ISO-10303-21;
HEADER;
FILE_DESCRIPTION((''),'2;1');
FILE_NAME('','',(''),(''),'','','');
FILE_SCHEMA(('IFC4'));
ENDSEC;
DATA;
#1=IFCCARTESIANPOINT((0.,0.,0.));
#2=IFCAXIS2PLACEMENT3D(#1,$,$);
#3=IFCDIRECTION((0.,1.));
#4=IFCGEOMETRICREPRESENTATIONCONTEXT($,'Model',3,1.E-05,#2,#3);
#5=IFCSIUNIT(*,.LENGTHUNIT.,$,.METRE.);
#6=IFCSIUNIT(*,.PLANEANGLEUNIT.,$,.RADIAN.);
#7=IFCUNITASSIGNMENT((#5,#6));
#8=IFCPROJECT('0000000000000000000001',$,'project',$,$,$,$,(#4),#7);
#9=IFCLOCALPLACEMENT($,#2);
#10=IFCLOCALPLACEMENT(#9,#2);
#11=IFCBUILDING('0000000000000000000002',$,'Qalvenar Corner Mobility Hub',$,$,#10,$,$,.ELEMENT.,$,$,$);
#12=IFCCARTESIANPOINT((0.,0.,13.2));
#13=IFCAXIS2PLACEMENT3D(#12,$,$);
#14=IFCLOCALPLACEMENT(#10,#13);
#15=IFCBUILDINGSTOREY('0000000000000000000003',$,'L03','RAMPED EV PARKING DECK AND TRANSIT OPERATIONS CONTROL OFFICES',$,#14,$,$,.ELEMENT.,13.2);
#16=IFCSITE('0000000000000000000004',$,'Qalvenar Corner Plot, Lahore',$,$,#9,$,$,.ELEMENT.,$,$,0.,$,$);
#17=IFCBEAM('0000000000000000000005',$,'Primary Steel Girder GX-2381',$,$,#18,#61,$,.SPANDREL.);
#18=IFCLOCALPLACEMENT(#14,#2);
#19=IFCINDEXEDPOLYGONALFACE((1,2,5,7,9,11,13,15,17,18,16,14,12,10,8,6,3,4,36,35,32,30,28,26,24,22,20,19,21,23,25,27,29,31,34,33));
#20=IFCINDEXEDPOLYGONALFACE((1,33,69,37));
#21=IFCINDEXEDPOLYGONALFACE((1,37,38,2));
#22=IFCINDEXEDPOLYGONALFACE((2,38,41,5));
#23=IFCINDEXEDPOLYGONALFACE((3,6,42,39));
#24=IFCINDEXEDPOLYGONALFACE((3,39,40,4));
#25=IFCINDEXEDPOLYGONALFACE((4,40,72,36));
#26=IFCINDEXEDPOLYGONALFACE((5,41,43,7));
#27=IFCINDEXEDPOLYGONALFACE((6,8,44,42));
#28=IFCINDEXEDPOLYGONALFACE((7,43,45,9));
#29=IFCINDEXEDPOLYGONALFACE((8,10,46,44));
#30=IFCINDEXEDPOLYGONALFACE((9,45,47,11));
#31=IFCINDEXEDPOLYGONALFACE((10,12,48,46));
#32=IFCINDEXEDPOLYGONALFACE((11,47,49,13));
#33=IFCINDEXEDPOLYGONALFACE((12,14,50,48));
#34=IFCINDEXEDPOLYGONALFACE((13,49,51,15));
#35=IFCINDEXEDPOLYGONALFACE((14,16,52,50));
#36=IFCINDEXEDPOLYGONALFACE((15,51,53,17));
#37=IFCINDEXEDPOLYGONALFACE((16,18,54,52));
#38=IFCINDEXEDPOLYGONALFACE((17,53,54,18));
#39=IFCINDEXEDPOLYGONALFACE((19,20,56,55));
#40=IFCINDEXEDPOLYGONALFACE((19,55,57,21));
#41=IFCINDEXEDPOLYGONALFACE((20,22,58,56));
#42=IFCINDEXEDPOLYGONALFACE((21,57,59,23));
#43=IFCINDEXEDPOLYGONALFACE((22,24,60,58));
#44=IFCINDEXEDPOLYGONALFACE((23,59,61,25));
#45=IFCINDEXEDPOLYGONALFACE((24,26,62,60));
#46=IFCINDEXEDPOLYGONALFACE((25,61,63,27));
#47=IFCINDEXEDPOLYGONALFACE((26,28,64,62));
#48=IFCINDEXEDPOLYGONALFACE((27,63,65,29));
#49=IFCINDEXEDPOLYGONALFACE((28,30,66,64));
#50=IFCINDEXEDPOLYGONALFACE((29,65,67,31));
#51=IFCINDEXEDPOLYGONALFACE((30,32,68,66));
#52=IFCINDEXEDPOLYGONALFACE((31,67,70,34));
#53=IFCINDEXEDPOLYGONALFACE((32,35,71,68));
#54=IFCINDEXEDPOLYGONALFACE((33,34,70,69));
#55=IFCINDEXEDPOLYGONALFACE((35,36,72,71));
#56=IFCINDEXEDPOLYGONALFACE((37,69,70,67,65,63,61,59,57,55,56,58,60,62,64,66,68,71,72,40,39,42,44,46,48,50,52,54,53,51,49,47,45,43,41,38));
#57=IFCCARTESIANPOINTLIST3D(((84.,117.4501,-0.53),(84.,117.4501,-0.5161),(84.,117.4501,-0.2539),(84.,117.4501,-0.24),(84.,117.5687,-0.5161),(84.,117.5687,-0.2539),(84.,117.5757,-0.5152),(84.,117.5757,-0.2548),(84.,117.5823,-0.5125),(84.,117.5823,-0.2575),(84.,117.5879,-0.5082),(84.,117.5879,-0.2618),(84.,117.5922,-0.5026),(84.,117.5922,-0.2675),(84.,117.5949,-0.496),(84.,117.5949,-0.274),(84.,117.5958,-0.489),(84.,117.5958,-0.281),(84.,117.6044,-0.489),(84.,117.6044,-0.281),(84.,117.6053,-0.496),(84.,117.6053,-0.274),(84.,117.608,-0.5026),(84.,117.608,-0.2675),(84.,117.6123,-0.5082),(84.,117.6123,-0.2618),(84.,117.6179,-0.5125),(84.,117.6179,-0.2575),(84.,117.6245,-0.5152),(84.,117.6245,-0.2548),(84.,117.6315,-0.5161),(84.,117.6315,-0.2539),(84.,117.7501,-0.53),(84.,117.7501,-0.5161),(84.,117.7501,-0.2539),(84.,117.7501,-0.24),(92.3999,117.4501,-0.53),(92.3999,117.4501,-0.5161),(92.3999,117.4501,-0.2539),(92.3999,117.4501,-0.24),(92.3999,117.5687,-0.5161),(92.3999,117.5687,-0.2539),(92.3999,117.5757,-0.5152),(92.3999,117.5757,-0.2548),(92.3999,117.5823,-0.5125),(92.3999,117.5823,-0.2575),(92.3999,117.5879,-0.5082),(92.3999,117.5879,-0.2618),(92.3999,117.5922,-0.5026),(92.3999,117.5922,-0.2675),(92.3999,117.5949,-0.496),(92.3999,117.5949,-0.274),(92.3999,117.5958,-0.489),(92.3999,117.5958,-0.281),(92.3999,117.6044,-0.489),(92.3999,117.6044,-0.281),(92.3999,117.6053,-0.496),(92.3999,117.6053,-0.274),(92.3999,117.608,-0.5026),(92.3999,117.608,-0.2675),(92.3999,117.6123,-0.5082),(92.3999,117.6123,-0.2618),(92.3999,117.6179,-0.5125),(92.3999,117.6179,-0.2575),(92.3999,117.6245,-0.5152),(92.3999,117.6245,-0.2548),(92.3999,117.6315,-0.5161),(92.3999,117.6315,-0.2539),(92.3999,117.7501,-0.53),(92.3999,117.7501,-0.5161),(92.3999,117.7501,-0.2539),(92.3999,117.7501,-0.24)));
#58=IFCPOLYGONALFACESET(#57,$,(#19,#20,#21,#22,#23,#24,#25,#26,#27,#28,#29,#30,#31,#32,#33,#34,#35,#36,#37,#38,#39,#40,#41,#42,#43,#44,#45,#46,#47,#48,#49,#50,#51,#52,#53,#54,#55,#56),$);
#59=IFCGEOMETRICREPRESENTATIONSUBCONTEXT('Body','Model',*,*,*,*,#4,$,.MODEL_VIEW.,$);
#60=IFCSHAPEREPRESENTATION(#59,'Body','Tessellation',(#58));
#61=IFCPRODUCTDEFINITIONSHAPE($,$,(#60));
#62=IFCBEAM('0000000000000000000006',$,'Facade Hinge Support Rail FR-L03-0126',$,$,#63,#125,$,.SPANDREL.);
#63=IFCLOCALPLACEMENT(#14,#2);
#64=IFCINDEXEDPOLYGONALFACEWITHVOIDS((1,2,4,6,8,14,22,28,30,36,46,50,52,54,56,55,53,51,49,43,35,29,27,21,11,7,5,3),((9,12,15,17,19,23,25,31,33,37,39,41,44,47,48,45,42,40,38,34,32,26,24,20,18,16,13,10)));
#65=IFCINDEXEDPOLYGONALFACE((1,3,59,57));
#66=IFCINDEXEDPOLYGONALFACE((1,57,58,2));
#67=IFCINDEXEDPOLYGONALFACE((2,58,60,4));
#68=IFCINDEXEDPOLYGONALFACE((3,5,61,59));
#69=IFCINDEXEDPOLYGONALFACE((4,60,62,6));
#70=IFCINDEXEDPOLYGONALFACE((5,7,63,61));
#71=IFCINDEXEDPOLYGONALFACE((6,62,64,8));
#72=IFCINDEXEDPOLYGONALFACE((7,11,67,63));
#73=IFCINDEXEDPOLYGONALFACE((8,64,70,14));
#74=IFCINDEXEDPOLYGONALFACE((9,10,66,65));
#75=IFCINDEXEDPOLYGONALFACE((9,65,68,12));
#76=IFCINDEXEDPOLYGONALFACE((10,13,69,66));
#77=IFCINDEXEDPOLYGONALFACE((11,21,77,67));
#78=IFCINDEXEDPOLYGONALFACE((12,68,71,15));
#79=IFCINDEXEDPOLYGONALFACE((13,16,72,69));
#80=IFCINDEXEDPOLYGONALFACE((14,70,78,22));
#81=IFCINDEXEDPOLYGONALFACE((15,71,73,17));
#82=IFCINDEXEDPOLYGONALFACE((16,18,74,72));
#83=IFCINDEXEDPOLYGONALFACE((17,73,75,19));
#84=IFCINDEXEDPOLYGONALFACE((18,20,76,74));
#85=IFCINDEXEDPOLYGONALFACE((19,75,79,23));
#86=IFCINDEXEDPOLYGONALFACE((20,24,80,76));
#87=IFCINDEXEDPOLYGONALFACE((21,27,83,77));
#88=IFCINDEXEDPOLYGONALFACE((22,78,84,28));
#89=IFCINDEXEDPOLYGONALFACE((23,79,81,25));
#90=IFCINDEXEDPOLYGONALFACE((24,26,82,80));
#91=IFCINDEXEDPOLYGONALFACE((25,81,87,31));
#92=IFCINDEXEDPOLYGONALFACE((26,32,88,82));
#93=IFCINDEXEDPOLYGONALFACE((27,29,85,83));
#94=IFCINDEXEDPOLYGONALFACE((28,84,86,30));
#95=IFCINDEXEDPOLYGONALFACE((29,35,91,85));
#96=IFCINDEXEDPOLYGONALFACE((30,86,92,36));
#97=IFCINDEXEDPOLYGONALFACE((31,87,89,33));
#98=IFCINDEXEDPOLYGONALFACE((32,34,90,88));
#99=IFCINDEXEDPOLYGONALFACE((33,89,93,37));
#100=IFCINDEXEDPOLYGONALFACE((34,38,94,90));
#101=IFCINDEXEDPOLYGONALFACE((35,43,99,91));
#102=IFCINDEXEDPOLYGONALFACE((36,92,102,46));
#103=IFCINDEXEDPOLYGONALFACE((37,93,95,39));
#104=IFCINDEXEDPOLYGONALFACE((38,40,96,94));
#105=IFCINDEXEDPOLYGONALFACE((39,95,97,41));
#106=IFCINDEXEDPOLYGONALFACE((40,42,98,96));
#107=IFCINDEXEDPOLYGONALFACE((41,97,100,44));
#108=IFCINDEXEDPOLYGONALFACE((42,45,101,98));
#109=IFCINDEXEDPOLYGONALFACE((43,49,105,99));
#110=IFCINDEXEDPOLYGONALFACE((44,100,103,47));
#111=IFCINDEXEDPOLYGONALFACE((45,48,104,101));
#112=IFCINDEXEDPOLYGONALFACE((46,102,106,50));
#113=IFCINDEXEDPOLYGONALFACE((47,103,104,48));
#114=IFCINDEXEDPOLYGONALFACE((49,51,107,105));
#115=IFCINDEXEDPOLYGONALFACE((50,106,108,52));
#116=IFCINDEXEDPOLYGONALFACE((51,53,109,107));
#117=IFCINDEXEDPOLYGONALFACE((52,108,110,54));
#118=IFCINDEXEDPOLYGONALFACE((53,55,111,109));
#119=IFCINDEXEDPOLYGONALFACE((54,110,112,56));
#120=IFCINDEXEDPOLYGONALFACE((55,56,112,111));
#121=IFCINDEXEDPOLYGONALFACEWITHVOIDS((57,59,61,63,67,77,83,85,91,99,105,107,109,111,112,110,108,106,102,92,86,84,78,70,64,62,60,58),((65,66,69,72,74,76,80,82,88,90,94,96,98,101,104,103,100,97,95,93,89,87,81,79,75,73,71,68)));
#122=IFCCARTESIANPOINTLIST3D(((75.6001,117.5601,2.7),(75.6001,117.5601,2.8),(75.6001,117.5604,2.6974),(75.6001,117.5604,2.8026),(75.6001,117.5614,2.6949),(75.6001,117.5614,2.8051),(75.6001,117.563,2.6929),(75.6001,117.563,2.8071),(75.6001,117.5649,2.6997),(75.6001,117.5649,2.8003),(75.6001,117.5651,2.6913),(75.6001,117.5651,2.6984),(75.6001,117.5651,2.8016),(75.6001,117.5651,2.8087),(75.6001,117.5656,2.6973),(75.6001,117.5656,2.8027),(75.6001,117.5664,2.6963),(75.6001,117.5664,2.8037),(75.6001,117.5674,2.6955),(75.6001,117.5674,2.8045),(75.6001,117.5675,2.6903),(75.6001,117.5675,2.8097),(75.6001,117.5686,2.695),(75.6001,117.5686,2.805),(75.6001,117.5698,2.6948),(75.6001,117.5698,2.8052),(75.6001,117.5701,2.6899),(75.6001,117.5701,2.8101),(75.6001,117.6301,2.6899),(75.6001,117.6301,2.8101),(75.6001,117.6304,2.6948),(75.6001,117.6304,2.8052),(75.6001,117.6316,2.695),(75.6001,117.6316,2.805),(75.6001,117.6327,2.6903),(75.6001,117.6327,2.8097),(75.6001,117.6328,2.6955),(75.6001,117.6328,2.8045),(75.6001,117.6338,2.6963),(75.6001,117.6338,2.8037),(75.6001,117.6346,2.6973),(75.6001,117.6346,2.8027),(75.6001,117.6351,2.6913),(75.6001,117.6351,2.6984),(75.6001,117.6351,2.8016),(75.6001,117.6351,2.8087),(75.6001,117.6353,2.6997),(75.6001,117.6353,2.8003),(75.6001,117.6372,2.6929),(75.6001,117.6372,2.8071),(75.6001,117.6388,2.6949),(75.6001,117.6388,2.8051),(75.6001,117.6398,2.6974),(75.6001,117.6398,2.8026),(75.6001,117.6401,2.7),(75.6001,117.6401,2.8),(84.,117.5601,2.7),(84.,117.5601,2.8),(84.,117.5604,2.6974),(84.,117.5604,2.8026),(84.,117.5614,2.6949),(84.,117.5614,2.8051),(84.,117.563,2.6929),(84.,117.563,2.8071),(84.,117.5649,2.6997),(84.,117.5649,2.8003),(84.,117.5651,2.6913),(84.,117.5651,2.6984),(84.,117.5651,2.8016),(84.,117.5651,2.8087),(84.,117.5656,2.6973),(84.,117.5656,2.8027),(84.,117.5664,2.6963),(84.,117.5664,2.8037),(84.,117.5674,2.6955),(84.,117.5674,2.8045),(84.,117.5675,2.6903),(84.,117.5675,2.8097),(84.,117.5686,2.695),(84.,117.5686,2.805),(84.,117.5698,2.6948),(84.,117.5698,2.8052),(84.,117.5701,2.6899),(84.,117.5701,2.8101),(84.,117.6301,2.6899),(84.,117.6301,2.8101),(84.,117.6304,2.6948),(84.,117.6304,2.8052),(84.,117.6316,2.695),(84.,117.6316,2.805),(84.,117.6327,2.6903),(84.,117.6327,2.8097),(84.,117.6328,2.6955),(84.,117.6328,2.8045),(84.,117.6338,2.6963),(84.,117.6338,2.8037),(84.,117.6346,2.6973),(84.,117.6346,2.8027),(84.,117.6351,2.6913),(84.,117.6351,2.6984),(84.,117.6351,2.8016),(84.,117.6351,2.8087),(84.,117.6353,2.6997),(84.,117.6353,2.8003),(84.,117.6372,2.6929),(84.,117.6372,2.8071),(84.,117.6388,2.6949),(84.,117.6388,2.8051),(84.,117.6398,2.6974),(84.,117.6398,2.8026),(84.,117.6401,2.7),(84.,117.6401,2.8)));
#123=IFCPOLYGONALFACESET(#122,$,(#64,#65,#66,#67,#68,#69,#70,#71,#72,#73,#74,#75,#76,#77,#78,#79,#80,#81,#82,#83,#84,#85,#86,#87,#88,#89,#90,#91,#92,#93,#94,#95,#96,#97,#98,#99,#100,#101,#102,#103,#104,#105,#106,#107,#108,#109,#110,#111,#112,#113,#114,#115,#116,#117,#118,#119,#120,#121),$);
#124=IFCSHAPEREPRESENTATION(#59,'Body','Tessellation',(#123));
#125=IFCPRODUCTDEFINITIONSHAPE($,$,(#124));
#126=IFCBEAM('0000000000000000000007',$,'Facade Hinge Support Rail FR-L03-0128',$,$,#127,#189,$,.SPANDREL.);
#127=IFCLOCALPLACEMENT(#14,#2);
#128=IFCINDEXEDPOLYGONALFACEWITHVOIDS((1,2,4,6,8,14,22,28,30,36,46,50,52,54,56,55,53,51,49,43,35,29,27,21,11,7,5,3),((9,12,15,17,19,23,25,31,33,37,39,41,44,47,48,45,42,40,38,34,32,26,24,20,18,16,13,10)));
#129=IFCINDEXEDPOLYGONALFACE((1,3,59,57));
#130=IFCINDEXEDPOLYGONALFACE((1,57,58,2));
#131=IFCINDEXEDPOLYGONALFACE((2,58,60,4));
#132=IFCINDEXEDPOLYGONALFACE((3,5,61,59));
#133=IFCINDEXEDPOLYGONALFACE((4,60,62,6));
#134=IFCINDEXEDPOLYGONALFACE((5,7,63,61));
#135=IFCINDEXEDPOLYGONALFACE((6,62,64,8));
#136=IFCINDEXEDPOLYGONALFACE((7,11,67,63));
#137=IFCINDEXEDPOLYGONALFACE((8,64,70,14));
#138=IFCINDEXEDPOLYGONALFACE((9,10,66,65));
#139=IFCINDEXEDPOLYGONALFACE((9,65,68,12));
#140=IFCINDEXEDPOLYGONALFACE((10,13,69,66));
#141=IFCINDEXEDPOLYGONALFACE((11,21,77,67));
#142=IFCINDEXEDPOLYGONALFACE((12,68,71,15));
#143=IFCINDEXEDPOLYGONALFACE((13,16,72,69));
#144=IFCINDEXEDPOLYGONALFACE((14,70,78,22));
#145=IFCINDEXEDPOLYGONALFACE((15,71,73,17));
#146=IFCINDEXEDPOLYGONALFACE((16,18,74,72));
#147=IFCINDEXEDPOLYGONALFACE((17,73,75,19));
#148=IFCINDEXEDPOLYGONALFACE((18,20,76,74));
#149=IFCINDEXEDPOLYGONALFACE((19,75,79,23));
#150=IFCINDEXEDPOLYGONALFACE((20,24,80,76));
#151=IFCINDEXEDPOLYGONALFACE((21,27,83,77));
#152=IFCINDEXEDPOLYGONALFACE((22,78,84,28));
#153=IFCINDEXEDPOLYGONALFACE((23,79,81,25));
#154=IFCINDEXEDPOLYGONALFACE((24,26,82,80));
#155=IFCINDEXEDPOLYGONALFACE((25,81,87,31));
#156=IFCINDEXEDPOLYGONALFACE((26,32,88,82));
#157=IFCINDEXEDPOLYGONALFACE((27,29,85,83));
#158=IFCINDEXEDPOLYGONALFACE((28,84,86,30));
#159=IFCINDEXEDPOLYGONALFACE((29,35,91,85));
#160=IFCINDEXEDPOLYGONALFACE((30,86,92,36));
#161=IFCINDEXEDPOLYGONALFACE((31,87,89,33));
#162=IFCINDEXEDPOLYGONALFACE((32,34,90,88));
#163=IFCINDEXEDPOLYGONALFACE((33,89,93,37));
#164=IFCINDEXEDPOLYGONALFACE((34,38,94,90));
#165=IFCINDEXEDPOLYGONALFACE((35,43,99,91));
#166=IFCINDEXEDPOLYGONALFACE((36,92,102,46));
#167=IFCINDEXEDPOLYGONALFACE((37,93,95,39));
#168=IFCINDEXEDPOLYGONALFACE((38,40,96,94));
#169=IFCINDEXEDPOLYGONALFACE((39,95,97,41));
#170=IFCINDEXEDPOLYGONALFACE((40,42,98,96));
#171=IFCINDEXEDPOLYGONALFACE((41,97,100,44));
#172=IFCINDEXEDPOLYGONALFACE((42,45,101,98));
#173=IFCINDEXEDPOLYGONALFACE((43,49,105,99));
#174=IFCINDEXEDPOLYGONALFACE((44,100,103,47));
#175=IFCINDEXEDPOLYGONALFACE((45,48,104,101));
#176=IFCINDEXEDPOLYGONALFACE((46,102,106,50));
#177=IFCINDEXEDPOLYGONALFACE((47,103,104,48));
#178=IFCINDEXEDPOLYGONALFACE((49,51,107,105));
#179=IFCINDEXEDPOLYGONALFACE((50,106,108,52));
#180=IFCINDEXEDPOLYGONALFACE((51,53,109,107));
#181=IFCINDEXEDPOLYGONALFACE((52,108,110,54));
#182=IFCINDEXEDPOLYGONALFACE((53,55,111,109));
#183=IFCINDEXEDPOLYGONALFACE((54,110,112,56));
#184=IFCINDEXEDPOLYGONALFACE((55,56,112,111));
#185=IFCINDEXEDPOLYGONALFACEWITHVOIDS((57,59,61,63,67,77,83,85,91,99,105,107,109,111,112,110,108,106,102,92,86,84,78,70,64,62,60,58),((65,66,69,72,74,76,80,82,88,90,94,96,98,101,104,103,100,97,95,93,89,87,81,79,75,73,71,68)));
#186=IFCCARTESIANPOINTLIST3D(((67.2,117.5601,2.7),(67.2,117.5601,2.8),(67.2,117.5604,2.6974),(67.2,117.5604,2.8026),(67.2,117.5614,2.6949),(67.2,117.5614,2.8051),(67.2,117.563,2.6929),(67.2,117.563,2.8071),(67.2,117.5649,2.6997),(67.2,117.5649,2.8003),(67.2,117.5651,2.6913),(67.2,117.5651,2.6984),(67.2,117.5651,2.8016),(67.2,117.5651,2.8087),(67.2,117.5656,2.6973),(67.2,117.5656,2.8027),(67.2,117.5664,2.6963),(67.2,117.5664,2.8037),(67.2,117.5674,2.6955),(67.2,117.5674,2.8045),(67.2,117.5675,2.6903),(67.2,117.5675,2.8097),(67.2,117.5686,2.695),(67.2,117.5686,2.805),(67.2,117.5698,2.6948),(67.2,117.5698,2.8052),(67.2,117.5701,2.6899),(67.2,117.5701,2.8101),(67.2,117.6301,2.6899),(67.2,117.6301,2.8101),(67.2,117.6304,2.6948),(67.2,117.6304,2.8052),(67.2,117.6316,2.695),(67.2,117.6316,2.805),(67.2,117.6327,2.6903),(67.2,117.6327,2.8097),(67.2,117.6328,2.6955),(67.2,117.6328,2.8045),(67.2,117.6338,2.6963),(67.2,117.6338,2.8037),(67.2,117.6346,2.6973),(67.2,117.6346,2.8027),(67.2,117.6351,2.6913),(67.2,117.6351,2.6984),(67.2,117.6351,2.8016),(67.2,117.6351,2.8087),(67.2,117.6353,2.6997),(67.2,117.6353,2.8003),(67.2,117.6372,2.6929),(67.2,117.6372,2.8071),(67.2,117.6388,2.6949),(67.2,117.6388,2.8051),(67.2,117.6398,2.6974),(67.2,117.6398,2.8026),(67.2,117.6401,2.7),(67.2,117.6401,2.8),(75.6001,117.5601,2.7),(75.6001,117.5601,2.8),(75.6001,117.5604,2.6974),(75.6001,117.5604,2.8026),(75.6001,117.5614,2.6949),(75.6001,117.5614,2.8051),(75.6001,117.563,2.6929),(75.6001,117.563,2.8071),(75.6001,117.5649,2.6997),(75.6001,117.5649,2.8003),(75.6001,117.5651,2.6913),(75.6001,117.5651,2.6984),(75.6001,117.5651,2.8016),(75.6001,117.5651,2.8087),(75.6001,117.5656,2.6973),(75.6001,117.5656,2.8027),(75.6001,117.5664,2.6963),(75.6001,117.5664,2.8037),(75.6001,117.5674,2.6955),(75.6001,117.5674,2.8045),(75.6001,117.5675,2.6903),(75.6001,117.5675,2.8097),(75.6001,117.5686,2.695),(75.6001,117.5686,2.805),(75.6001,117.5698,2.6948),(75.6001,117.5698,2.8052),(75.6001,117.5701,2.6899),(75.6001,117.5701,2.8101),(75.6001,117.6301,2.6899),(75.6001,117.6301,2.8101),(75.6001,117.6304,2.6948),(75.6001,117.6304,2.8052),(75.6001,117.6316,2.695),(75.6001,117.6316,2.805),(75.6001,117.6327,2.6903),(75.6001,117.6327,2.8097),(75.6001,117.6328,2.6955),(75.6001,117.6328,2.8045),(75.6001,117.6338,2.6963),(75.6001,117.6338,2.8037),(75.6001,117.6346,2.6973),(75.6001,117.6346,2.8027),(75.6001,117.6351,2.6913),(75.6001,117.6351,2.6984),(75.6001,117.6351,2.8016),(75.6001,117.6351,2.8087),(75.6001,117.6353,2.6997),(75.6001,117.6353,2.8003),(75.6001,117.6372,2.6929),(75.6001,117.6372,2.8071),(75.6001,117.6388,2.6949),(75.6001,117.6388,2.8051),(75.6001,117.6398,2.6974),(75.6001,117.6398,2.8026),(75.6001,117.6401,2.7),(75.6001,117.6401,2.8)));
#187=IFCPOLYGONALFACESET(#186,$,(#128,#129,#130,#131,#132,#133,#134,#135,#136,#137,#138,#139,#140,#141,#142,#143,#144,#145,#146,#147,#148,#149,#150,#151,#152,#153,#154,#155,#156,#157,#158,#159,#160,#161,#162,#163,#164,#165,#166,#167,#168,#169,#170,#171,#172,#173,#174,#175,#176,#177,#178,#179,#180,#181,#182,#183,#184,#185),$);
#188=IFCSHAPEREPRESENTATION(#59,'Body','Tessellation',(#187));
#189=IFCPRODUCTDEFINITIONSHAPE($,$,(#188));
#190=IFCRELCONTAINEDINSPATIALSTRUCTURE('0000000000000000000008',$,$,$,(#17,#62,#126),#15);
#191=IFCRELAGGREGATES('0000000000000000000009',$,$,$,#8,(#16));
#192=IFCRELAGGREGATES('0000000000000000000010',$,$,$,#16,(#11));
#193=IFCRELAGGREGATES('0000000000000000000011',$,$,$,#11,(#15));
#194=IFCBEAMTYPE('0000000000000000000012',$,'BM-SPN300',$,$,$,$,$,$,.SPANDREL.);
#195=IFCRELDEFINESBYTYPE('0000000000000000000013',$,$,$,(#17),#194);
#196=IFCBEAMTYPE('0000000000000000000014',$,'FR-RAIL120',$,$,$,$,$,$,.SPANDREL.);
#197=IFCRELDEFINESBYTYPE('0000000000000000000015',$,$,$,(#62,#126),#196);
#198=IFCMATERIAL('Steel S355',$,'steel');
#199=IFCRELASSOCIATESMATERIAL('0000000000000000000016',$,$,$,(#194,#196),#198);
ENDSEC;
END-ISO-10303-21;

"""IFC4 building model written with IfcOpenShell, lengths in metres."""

from ifc_helpers import new_model, si_unit, direction, frame, origin, origin_2d, place, context, subcontext, project, spatial, hollow_rectangle, i_section, extrude, material, material_profile, profile_set, type_object, element, save


model = new_model("IFC4")

# Units and contexts
model_context = context("Model", 3, precision=1e-05, world=origin(), true_north=direction((0.0, 1.0)))
body_context = subcontext(model_context, "Body", "Model", "MODEL_VIEW")
ifc_project = project(units=[si_unit("LENGTHUNIT", "METRE"), si_unit("PLANEANGLEUNIT", "RADIAN")], contexts=[model_context])

# Site, building, storey
site_placement = place(None, origin())
site = spatial("IfcSite", under=ifc_project, at=site_placement, Name="Qalvenar Corner Plot, Lahore", CompositionType="ELEMENT", RefElevation=0.0)
building_placement = place(site_placement, origin())
building = spatial("IfcBuilding", under=site, at=building_placement, Name="Qalvenar Corner Mobility Hub", CompositionType="ELEMENT")
storey_placement = place(building_placement, frame((0.0, 0.0, 13.2)))
storey = spatial("IfcBuildingStorey", under=building, at=storey_placement, Name="L03", Description="RAMPED EV PARKING DECK AND TRANSIT OPERATIONS CONTROL OFFICES", CompositionType="ELEMENT", Elevation=13.2)

# Shared definitions
ifc_material = material(Name="Steel S355", Category="steel")

# Beams
ifc_material_profile_1 = material_profile(ifc_material, i_section(OverallWidth=0.3, OverallDepth=0.29, WebThickness=0.0085, FlangeThickness=0.0139, FilletRadius=0.0271, at=origin_2d()), Name="HEA300")
ifc_profile_set_1 = profile_set([ifc_material_profile_1], Name="Steel S355")
beam_type_1 = type_object("IfcBeamType", Name="BM-SPN300", PredefinedType="SPANDREL", material=ifc_profile_set_1)
for number, where, z_axis, x_axis, name in (
    (1, (84.0, 117.6001, -0.385), (1.0, 0.0, 0.0), (0.0, 1.0, 0.0), "Primary Steel Girder GX-2381"),
):
    element("IfcBeam", number, at=place(storey_placement, frame(where, z_axis=z_axis, x_axis=x_axis)), inside=storey, type_object=beam_type_1, Name=name, PredefinedType="SPANDREL", context=body_context, shape_type="SweptSolid", body=[
        extrude(i_section(OverallWidth=0.3, OverallDepth=0.29, WebThickness=0.0085, FlangeThickness=0.0139, FilletRadius=0.0271, at=origin_2d()), origin(), (0.0, 0.0, 1.0), 8.3999),
    ])
ifc_material_profile_2 = material_profile(ifc_material, hollow_rectangle(XDim=0.0801, YDim=0.1201, WallThickness=0.0049, InnerFilletRadius=0.0049, OuterFilletRadius=0.01, at=origin_2d()), Name="RHS120x80x5")
ifc_profile_set_2 = profile_set([ifc_material_profile_2], Name="Steel S355")
beam_type_2 = type_object("IfcBeamType", Name="FR-RAIL120", PredefinedType="SPANDREL", material=ifc_profile_set_2)
beam_1_placement = place(storey_placement, frame((84.0, 117.6001, 2.75), z_axis=(-1.0, 0.0, 0.0), x_axis=(0.0, -1.0, 0.0)))
element("IfcBeam", 2, at=beam_1_placement, inside=storey, type_object=beam_type_2, Name="Facade Hinge Support Rail FR-L03-0126", PredefinedType="SPANDREL", context=body_context, shape_type="SweptSolid", body=[
    extrude(hollow_rectangle(XDim=0.0801, YDim=0.1201, WallThickness=0.0049, InnerFilletRadius=0.0049, OuterFilletRadius=0.01, at=origin_2d()), origin(), (0.0, 0.0, 1.0), 8.3999),
])
beam_2_placement = place(storey_placement, frame((75.6001, 117.6001, 2.75), z_axis=(-1.0, 0.0, 0.0), x_axis=(0.0, -1.0, 0.0)))
element("IfcBeam", 3, at=beam_2_placement, inside=storey, type_object=beam_type_2, Name="Facade Hinge Support Rail FR-L03-0128", PredefinedType="SPANDREL", context=body_context, shape_type="SweptSolid", body=[
    extrude(hollow_rectangle(XDim=0.0801, YDim=0.1201, WallThickness=0.0049, InnerFilletRadius=0.0049, OuterFilletRadius=0.01, at=origin_2d()), origin(), (0.0, 0.0, 1.0), 8.4001),
])

save(model, "model.ifc")
